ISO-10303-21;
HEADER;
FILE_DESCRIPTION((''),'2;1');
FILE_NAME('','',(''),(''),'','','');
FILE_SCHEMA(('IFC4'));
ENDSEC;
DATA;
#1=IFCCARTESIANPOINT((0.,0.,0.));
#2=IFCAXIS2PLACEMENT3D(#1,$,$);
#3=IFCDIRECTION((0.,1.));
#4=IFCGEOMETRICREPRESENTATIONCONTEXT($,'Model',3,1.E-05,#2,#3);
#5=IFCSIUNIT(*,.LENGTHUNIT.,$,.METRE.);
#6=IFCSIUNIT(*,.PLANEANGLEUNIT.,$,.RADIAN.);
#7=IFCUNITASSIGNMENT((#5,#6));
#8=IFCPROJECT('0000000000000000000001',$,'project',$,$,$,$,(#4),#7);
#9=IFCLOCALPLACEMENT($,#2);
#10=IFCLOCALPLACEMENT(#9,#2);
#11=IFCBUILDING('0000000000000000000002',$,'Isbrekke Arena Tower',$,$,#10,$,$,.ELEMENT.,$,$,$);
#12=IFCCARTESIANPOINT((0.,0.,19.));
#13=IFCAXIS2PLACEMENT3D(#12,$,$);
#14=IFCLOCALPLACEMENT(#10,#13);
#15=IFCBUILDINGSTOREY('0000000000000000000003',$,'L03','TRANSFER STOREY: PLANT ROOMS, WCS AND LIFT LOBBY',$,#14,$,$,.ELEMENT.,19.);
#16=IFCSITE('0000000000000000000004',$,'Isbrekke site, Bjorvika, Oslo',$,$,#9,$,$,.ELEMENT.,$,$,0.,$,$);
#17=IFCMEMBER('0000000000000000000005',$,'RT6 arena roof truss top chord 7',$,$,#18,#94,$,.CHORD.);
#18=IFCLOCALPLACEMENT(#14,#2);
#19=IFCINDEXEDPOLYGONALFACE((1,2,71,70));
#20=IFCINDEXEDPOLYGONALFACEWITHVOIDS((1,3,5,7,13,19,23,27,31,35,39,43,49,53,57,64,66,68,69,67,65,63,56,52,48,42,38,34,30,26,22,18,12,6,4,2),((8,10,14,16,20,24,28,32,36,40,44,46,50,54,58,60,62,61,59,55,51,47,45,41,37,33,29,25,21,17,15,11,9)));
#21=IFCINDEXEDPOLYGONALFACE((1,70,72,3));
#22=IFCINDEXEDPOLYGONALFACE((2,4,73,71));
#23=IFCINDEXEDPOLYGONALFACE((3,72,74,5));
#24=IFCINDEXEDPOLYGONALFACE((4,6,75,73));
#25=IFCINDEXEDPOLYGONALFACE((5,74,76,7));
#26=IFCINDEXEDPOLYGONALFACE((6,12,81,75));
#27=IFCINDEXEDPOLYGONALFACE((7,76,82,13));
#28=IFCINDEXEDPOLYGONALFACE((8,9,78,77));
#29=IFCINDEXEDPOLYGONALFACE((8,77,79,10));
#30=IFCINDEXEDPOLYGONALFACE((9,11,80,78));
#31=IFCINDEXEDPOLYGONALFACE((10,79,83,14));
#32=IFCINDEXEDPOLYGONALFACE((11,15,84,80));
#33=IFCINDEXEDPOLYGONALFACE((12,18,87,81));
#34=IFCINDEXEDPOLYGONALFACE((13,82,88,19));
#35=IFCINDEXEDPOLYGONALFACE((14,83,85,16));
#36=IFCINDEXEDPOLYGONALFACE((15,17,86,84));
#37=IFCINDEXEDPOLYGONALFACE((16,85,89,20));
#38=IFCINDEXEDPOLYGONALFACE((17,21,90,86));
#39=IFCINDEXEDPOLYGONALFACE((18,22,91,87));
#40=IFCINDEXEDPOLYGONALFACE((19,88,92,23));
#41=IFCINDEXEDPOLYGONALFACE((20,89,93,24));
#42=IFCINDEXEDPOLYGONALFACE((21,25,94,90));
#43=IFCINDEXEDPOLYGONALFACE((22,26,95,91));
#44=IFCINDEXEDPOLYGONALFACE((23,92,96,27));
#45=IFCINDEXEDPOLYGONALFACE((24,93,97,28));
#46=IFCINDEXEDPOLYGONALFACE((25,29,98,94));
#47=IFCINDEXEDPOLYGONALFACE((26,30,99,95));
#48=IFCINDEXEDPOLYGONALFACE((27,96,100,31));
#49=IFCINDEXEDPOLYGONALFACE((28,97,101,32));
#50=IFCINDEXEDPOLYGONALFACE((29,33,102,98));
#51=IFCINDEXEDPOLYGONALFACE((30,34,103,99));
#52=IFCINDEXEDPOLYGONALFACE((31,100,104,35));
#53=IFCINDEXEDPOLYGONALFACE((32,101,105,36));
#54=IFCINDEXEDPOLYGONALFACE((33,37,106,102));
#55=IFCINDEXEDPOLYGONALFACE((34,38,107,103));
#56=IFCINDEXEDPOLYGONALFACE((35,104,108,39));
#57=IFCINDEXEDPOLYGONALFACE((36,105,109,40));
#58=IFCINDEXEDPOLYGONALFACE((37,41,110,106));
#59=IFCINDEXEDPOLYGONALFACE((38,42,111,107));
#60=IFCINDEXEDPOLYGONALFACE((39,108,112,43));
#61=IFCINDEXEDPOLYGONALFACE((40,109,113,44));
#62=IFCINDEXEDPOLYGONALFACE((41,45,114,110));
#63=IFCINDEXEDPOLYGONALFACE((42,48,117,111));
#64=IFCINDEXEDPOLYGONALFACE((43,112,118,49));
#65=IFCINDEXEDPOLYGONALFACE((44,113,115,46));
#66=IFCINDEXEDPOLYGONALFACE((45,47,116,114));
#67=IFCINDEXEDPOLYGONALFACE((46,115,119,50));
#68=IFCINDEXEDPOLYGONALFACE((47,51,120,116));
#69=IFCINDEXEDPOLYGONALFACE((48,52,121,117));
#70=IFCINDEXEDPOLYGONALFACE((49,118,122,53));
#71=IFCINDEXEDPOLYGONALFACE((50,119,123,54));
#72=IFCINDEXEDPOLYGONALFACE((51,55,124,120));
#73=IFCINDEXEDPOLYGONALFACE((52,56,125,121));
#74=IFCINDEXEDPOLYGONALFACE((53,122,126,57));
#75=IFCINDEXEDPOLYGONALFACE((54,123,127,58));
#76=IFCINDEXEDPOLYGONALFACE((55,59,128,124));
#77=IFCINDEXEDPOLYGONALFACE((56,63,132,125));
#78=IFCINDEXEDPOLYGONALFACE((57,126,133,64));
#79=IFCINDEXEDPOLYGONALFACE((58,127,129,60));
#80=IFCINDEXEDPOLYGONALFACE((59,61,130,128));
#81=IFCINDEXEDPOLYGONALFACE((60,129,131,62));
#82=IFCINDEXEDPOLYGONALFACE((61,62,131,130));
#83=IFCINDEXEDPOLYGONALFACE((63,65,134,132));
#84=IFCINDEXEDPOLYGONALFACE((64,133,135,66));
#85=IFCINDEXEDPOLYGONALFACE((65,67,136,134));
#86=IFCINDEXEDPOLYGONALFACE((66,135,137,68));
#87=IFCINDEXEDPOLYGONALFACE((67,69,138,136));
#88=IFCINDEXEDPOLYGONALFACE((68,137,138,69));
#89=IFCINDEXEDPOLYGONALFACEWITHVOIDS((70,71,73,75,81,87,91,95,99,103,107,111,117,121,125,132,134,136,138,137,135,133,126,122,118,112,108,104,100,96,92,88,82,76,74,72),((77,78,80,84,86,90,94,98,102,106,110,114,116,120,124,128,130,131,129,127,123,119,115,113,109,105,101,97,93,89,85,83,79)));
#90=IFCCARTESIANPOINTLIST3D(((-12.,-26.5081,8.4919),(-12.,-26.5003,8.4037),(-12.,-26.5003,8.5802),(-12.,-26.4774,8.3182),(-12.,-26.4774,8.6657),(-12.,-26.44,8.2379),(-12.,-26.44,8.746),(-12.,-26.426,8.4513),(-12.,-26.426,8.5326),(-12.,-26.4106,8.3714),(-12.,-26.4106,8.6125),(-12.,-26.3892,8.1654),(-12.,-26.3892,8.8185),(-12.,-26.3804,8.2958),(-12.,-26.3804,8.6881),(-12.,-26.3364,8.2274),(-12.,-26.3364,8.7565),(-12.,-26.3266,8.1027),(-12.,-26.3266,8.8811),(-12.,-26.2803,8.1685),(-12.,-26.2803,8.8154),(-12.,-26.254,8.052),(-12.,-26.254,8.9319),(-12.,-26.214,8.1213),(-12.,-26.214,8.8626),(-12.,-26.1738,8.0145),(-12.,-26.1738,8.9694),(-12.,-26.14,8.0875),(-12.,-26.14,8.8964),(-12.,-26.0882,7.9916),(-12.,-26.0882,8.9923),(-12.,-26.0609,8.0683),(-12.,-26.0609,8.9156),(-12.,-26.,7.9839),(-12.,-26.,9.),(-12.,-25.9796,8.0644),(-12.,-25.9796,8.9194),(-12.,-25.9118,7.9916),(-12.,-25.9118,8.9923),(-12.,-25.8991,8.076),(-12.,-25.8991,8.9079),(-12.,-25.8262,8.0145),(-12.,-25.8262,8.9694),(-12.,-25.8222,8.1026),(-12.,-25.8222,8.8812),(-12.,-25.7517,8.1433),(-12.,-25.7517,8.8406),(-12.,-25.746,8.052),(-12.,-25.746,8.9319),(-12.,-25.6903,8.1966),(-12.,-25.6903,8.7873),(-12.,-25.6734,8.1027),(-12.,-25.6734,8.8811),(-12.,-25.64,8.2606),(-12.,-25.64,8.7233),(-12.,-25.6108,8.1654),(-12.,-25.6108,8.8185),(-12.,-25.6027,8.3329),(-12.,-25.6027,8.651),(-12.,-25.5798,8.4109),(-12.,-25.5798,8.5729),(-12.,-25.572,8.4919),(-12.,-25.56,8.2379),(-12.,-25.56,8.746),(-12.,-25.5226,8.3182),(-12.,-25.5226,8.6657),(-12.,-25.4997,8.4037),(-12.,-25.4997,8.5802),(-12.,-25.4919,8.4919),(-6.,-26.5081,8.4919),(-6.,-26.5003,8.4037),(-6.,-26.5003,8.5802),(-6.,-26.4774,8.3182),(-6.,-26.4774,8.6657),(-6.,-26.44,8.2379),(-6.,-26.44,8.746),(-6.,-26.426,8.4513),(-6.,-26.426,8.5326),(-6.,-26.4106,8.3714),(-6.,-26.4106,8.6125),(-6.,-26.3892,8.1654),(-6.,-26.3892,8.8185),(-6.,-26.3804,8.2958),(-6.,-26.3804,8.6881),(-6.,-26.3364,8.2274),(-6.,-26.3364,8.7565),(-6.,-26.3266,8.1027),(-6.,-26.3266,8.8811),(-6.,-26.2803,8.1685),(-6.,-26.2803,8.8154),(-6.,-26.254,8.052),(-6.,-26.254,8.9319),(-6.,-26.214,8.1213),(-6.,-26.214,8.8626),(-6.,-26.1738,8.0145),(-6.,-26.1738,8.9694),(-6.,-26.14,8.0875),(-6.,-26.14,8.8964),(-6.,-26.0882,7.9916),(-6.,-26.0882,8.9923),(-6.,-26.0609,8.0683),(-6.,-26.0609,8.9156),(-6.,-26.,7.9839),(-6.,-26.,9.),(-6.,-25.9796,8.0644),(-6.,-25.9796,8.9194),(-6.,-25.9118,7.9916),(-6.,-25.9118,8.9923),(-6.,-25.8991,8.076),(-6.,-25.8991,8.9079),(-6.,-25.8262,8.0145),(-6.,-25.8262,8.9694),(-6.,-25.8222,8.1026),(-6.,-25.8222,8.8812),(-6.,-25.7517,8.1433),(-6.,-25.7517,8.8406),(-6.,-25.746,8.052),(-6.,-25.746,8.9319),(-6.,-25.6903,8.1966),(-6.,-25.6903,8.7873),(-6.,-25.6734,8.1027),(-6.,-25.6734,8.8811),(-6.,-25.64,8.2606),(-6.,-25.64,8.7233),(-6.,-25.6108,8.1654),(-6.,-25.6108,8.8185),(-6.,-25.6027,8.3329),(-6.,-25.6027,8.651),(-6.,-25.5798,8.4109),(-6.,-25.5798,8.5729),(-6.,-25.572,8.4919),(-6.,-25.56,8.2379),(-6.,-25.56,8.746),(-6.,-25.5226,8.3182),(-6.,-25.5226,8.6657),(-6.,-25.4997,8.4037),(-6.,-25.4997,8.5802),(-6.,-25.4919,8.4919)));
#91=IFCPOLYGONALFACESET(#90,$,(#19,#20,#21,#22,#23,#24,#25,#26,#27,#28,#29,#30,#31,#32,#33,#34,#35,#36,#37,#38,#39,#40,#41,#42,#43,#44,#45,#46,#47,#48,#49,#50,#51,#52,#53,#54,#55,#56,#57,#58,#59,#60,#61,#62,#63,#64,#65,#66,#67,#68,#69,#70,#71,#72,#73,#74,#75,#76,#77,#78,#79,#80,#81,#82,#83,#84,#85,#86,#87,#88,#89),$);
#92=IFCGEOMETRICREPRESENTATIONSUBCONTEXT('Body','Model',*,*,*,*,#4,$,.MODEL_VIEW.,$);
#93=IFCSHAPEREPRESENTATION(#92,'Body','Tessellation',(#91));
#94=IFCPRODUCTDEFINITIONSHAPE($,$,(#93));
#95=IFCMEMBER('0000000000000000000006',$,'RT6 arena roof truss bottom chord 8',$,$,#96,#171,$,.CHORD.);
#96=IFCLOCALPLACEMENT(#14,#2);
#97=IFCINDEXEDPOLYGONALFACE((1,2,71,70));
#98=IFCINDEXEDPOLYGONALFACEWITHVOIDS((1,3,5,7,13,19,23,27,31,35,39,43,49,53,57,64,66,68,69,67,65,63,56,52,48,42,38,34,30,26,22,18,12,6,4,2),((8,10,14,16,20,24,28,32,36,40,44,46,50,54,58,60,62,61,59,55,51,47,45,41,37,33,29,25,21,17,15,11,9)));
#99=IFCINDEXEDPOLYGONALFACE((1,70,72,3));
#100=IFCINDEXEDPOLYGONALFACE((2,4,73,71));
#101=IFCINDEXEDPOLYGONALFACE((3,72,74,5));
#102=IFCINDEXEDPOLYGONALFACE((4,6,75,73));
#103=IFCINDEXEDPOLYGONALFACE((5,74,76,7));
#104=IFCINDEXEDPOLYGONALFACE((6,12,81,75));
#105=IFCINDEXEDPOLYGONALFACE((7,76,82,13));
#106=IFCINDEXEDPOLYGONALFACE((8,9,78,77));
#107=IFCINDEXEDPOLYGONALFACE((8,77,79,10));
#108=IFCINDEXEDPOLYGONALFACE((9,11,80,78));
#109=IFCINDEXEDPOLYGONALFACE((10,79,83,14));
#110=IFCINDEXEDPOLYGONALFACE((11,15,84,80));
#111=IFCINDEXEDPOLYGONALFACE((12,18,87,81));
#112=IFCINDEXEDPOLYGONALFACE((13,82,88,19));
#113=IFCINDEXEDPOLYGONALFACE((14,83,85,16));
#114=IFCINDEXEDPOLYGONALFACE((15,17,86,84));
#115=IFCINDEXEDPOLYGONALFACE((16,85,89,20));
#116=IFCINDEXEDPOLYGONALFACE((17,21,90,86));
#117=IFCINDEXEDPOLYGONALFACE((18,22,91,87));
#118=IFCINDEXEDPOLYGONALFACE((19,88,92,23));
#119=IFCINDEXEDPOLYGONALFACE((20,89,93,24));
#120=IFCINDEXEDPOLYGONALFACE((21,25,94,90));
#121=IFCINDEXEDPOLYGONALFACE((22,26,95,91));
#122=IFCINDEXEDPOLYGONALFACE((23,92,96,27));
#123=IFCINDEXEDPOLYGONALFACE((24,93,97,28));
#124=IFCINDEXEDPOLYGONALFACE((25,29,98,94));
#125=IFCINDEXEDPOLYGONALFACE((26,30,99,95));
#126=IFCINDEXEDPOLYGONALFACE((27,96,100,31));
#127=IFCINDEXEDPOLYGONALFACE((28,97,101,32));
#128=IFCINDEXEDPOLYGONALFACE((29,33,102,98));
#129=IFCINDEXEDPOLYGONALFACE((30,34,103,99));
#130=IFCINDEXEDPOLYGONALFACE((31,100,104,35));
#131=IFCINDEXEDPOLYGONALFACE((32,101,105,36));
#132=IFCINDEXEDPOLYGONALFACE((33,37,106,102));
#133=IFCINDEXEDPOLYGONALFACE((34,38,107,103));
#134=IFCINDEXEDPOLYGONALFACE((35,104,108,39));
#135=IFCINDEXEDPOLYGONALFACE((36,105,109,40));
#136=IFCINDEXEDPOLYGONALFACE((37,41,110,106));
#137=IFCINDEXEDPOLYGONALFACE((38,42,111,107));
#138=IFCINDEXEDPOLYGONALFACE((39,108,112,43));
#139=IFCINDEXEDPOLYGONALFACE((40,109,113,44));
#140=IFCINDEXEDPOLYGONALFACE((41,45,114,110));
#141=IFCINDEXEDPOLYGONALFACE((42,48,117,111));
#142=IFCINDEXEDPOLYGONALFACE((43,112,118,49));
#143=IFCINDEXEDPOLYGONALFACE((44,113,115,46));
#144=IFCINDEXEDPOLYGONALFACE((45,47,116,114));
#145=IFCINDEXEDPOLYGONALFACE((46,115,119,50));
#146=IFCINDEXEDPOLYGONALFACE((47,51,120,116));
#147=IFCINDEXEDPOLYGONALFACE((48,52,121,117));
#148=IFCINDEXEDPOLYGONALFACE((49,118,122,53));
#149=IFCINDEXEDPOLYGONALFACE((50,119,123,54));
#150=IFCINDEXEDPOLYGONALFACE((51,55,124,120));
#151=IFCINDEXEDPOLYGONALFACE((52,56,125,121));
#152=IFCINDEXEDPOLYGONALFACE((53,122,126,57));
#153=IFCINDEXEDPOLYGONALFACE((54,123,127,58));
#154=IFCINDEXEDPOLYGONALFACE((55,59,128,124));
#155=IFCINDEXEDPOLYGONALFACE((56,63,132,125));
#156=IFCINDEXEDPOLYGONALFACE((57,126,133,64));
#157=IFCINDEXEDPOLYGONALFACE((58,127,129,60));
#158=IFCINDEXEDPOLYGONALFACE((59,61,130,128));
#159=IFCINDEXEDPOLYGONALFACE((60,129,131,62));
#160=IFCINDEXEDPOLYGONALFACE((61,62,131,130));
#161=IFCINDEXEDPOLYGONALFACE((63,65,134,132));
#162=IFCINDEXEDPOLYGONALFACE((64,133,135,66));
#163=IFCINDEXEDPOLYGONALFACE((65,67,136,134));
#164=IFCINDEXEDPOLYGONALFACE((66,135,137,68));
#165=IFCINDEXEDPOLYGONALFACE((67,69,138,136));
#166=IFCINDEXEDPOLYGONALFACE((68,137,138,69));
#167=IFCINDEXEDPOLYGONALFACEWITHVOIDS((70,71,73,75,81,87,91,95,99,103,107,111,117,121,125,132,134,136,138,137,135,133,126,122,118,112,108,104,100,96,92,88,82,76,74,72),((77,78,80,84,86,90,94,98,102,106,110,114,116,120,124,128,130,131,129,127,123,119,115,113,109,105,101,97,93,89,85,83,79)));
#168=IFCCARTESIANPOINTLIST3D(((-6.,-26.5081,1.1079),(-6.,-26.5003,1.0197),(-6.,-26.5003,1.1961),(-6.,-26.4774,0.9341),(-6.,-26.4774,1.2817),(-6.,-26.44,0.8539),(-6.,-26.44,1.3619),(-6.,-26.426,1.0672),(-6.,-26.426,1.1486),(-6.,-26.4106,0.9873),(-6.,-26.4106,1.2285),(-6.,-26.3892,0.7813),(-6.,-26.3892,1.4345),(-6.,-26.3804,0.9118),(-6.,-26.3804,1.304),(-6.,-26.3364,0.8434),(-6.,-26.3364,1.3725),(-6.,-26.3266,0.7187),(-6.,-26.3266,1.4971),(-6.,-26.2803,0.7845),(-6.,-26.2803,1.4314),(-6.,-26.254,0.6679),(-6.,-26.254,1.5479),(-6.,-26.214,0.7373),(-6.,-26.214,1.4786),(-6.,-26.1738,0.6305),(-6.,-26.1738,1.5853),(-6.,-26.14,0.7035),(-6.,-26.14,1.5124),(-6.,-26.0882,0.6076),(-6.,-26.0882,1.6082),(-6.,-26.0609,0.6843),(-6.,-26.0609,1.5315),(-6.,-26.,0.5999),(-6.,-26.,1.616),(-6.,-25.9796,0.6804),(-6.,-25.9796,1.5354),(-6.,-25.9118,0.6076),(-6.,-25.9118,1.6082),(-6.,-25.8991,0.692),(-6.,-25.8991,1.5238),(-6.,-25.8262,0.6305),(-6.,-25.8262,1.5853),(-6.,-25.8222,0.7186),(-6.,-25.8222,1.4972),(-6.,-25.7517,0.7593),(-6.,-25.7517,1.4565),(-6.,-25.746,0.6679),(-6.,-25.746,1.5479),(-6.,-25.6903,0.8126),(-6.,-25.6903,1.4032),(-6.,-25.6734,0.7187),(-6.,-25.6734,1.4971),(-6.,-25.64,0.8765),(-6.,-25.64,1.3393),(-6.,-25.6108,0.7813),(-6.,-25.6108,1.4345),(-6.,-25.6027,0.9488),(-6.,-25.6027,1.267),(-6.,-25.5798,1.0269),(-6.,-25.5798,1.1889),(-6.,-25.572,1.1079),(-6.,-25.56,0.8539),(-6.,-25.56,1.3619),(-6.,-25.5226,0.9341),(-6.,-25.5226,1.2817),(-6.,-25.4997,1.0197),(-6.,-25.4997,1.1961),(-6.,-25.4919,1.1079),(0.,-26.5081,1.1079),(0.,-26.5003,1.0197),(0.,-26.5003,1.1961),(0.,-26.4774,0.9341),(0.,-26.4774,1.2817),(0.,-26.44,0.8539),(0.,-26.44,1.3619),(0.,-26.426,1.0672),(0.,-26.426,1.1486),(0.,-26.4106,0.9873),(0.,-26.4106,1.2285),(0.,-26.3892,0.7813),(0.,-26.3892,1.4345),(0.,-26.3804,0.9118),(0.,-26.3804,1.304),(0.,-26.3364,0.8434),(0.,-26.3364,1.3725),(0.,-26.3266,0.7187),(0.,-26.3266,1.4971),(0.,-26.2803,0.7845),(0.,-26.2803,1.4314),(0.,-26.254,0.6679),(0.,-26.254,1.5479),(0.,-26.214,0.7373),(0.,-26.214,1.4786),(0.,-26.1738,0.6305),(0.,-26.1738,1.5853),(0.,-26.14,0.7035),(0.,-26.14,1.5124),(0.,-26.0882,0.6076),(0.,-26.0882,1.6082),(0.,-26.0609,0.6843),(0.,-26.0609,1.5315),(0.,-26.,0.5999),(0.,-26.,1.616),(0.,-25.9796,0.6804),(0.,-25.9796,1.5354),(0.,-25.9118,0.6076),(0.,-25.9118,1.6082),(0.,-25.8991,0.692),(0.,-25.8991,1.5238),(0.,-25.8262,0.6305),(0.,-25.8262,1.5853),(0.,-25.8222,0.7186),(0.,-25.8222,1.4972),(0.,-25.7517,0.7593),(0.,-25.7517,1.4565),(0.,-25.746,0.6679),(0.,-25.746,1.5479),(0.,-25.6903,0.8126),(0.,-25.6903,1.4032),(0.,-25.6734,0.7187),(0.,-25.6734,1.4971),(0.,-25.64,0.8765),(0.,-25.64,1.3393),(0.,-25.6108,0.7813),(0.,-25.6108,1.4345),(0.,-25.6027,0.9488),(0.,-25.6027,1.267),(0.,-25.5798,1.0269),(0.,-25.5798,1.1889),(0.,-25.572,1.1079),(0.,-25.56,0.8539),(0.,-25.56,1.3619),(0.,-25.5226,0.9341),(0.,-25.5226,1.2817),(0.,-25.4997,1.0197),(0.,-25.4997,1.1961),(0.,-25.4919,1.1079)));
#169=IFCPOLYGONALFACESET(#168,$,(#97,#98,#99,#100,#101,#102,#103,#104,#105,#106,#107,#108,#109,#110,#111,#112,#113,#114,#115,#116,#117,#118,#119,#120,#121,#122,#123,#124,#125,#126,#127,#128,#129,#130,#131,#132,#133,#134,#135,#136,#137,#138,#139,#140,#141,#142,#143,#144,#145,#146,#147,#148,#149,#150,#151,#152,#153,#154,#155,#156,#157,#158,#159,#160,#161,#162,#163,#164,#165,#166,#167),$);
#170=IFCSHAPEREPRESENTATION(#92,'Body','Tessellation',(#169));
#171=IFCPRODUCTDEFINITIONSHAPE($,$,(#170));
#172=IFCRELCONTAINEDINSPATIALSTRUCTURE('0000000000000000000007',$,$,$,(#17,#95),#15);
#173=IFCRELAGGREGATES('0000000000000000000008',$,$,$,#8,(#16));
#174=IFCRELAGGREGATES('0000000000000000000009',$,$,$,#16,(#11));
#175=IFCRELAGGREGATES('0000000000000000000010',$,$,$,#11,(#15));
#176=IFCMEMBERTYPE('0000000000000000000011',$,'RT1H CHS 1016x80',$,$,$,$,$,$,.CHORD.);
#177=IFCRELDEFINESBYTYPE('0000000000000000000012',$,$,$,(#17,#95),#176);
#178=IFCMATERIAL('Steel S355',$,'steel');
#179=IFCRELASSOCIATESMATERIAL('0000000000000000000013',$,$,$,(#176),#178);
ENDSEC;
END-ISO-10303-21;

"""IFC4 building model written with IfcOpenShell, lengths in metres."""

from ifc_helpers import new_model, si_unit, direction, frame, origin, origin_2d, place, context, subcontext, project, spatial, hollow_circle, extrude, material, material_profile, profile_set, type_object, element, save


model = new_model("IFC4")

# Units and contexts
model_context = context("Model", 3, precision=1e-05, world=origin(), true_north=direction((0.0, 1.0)))
body_context = subcontext(model_context, "Body", "Model", "MODEL_VIEW")
ifc_project = project(units=[si_unit("LENGTHUNIT", "METRE"), si_unit("PLANEANGLEUNIT", "RADIAN")], contexts=[model_context])

# Site, building, storey
site_placement = place(None, origin())
site = spatial("IfcSite", under=ifc_project, at=site_placement, Name="Isbrekke site, Bjorvika, Oslo", CompositionType="ELEMENT", RefElevation=0.0)
building_placement = place(site_placement, origin())
building = spatial("IfcBuilding", under=site, at=building_placement, Name="Isbrekke Arena Tower", CompositionType="ELEMENT")
storey_placement = place(building_placement, frame((0.0, 0.0, 19.0)))
storey = spatial("IfcBuildingStorey", under=building, at=storey_placement, Name="L03", Description="TRANSFER STOREY: PLANT ROOMS, WCS AND LIFT LOBBY", CompositionType="ELEMENT", Elevation=19.0)

# Members
ifc_material_1 = material(Name="Steel S355", Category="steel")
ifc_material_profile_1 = material_profile(ifc_material_1, hollow_circle(Radius=0.5081, WallThickness=0.0801, at=origin_2d()), Name="CHS 1016x80")
ifc_profile_set_1 = profile_set([ifc_material_profile_1], Name="Steel S355")
member_type_1 = type_object("IfcMemberType", Name="RT1H CHS 1016x80", PredefinedType="CHORD", material=ifc_profile_set_1)
for number, where, z_axis, x_axis, name in (
    (1, (-12.0, -26.0, 8.4919), (1.0, 0.0, 0.0), (0.0, 1.0, 0.0), "RT6 arena roof truss top chord 7"),
    (2, (-6.0, -26.0, 1.1079), (1.0, 0.0, 0.0), (0.0, 1.0, 0.0), "RT6 arena roof truss bottom chord 8"),
):
    element("IfcMember", number, at=place(storey_placement, frame(where, z_axis=z_axis, x_axis=x_axis)), inside=storey, type_object=member_type_1, Name=name, PredefinedType="CHORD", context=body_context, shape_type="SweptSolid", body=[
        extrude(hollow_circle(Radius=0.5081, WallThickness=0.0801, at=origin_2d()), origin(), (0.0, 0.0, 1.0), 6.0),
    ])

save(model, "model.ifc")
